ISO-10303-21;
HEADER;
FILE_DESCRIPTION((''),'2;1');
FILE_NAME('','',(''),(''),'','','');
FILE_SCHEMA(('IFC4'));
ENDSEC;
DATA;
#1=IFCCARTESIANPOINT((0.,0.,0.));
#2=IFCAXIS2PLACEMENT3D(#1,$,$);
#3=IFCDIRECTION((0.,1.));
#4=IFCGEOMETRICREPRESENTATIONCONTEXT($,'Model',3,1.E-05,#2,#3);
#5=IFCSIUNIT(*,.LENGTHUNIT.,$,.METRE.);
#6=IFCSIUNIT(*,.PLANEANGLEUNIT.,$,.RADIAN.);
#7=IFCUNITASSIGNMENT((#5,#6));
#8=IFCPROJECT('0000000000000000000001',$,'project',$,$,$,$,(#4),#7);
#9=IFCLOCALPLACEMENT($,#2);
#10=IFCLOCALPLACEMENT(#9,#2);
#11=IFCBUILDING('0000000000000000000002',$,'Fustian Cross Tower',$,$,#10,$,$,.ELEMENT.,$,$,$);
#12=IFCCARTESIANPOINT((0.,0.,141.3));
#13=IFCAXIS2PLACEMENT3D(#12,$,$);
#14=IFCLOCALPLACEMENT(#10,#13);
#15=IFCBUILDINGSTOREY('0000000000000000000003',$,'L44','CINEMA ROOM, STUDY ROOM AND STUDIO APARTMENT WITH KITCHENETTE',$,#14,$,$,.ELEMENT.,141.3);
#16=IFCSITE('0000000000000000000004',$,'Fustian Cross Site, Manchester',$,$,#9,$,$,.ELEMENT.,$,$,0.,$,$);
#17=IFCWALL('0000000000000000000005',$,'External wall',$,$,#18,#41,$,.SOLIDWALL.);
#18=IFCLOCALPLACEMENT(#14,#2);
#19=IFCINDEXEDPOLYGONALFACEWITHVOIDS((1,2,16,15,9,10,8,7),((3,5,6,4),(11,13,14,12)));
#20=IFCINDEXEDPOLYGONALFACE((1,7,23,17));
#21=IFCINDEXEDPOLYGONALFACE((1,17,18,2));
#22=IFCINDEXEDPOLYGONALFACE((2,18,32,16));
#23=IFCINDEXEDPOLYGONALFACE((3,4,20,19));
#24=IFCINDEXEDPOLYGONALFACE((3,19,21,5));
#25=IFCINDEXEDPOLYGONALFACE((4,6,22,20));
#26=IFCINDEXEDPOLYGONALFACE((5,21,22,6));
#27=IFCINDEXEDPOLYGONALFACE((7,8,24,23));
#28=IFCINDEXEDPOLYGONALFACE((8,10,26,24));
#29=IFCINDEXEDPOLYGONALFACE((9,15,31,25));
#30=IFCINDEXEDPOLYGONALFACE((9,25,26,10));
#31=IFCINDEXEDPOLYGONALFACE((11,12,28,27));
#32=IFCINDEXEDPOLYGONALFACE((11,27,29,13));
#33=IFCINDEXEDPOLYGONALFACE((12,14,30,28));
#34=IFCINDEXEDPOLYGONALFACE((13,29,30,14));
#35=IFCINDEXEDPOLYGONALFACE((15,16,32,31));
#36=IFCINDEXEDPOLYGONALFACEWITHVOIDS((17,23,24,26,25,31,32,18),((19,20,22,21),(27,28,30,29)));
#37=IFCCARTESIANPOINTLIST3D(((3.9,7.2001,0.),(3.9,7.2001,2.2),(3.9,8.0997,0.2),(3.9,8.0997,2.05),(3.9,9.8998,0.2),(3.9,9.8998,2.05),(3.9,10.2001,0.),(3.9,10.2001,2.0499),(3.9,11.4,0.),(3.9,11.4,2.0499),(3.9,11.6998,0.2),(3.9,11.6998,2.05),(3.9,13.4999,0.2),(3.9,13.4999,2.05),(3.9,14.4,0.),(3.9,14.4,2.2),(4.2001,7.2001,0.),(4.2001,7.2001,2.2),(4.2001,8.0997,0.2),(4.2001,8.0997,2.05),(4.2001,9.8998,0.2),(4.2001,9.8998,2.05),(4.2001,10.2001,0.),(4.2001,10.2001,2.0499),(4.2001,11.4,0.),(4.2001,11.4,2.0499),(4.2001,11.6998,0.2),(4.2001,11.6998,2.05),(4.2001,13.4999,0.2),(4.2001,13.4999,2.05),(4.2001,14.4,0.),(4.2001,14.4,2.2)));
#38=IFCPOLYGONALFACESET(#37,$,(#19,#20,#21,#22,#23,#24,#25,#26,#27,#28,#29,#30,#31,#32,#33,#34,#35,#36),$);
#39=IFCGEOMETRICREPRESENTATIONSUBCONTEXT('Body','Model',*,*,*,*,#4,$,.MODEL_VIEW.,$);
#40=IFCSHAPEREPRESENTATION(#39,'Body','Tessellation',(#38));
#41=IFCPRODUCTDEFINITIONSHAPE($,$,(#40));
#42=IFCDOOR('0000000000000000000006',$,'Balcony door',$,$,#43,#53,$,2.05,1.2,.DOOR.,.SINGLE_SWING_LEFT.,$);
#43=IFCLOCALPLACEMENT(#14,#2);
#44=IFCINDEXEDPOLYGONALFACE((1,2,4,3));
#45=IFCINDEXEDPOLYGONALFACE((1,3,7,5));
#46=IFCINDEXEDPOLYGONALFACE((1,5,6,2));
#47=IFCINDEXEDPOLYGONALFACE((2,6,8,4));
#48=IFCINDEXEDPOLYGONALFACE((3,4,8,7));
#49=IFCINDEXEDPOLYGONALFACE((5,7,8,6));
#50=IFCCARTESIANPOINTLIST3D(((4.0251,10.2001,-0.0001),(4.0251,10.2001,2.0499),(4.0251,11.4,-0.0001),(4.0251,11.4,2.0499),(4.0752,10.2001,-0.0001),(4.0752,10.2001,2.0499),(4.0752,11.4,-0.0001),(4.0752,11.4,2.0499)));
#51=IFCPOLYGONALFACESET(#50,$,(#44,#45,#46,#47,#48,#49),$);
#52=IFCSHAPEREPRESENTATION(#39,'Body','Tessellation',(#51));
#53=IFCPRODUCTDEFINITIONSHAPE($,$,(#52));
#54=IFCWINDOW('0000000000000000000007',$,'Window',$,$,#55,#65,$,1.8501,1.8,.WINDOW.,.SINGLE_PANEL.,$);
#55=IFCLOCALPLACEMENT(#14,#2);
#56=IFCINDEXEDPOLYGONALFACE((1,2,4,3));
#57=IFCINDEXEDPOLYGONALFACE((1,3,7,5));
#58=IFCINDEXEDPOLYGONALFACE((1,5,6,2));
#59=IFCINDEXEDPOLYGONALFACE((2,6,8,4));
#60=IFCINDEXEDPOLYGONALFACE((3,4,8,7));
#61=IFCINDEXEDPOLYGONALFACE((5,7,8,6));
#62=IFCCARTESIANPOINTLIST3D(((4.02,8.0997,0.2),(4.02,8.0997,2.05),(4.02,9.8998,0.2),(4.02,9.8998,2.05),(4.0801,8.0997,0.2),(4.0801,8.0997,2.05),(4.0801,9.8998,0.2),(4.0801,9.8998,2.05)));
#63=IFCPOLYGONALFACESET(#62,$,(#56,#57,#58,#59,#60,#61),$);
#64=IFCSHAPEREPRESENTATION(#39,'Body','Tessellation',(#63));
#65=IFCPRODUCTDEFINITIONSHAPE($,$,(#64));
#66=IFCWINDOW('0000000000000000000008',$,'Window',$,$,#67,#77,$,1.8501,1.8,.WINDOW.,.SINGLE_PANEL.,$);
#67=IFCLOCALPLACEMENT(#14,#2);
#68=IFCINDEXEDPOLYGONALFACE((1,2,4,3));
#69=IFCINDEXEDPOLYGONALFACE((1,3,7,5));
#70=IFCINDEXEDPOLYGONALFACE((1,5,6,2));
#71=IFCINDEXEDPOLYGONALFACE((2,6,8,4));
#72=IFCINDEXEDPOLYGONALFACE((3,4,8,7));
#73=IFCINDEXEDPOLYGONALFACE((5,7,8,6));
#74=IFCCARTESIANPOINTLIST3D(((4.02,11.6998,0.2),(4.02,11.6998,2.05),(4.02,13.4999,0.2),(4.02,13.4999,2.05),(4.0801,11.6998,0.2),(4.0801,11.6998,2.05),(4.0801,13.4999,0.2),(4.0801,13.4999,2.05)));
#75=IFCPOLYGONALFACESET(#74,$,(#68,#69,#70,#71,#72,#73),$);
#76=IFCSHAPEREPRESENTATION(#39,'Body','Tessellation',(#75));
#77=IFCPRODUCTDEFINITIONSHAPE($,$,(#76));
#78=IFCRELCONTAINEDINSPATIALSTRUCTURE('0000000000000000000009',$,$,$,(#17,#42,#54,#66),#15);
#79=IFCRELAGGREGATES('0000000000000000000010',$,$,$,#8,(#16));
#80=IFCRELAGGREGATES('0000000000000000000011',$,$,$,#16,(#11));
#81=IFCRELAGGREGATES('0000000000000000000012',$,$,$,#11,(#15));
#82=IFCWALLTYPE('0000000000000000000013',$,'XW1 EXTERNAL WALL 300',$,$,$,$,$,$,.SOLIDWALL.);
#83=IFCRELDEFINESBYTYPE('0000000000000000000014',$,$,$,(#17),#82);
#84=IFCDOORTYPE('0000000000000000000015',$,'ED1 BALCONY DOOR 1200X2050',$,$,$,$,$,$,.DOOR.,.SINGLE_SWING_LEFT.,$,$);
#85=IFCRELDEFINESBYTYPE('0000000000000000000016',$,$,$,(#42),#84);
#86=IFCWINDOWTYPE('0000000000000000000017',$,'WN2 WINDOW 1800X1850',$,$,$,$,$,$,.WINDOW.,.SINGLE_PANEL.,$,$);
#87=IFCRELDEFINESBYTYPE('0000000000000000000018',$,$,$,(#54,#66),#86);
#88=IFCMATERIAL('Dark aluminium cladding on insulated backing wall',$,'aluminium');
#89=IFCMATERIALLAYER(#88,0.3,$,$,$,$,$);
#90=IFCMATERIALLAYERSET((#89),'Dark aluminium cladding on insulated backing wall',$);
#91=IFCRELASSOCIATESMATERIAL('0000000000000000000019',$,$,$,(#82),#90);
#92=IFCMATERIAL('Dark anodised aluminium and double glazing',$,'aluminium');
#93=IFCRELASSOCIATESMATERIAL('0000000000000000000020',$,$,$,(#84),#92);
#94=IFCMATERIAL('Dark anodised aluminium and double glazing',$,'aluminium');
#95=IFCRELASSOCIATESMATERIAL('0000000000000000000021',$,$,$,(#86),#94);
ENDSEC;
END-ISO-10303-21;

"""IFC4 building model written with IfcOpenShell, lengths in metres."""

from ifc_helpers import new_model, si_unit, direction, frame, frame_2d, origin, place, context, subcontext, project, spatial, rectangle, extrude, material, layer, layer_set, type_object, element, fill, save


model = new_model("IFC4")

# Units and contexts
model_context = context("Model", 3, precision=1e-05, world=origin(), true_north=direction((0.0, 1.0)))
body_context = subcontext(model_context, "Body", "Model", "MODEL_VIEW")
ifc_project = project(units=[si_unit("LENGTHUNIT", "METRE"), si_unit("PLANEANGLEUNIT", "RADIAN")], contexts=[model_context])

# Site, building, storey
site_placement = place(None, origin())
site = spatial("IfcSite", under=ifc_project, at=site_placement, Name="Fustian Cross Site, Manchester", CompositionType="ELEMENT", RefElevation=0.0)
building_placement = place(site_placement, origin())
building = spatial("IfcBuilding", under=site, at=building_placement, Name="Fustian Cross Tower", CompositionType="ELEMENT")
storey_placement = place(building_placement, frame((0.0, 0.0, 141.3)))
storey = spatial("IfcBuildingStorey", under=building, at=storey_placement, Name="L44", Description="CINEMA ROOM, STUDY ROOM AND STUDIO APARTMENT WITH KITCHENETTE", CompositionType="ELEMENT", Elevation=141.3)

# Shared definitions
ifc_material_1 = material(Name="Dark aluminium cladding on insulated backing wall", Category="aluminium")
ifc_layer_1 = layer(ifc_material_1, 0.3)
ifc_layer_set_1 = layer_set([ifc_layer_1], Name="Dark aluminium cladding on insulated backing wall")
wall_type_1 = type_object("IfcWallType", Name="XW1 EXTERNAL WALL 300", PredefinedType="SOLIDWALL", material=ifc_layer_set_1)

# Wall, openings, door, windows
wall_1_placement = place(storey_placement, frame((4.05, 7.2, 0.0), z_axis=(0.0, 0.0, 1.0), x_axis=(0.0, 1.0, 0.0)))
wall_1 = element("IfcWall", 1, at=wall_1_placement, inside=storey, type_object=wall_type_1, Name="External wall", PredefinedType="SOLIDWALL", context=body_context, shape_type="SweptSolid", body=[
    extrude(rectangle(XDim=7.2, YDim=0.3, at=frame_2d((3.6001, 0.0))), origin(), (0.0, 0.0, 1.0), 2.2),
])
opening_1_placement = place(wall_1_placement, frame((3.0, 0.0, 0.0)))
opening_1 = element("IfcOpeningElement", 2, at=opening_1_placement, cuts=wall_1, PredefinedType="OPENING", context=body_context, shape_type="SweptSolid", body=[
    extrude(rectangle(XDim=1.2, YDim=2.05, at=frame_2d((0.6001, 1.0249))), frame((0.0, 0.1599, 0.0), z_axis=(0.0, -1.0, 0.0), x_axis=(1.0, 0.0, 0.0)), (0.0, 0.0, 1.0), 0.3201),
])
opening_2_placement = place(wall_1_placement, frame((0.8999, 0.0, 0.2)))
opening_2 = element("IfcOpeningElement", 3, at=opening_2_placement, cuts=wall_1, PredefinedType="OPENING", context=body_context, shape_type="SweptSolid", body=[
    extrude(rectangle(XDim=1.8, YDim=1.8501, at=frame_2d((0.8999, 0.925))), frame((0.0, 0.1599, 0.0), z_axis=(0.0, -1.0, 0.0), x_axis=(1.0, 0.0, 0.0)), (0.0, 0.0, 1.0), 0.3201),
])
opening_3_placement = place(wall_1_placement, frame((4.5, 0.0, 0.2)))
opening_3 = element("IfcOpeningElement", 4, at=opening_3_placement, cuts=wall_1, PredefinedType="OPENING", context=body_context, shape_type="SweptSolid", body=[
    extrude(rectangle(XDim=1.8, YDim=1.8501, at=frame_2d((0.8999, 0.925))), frame((0.0, 0.1599, 0.0), z_axis=(0.0, -1.0, 0.0), x_axis=(1.0, 0.0, 0.0)), (0.0, 0.0, 1.0), 0.3201),
])
ifc_material_2 = material(Name="Dark anodised aluminium and double glazing", Category="aluminium")
door_type_1 = type_object("IfcDoorType", Name="ED1 BALCONY DOOR 1200X2050", OperationType="SINGLE_SWING_LEFT", PredefinedType="DOOR", material=ifc_material_2)
door_1_placement = place(opening_1_placement, origin())
door_1 = element("IfcDoor", 5, at=door_1_placement, inside=storey, type_object=door_type_1, Name="Balcony door", OperationType="SINGLE_SWING_LEFT", OverallHeight=2.05, OverallWidth=1.2, PredefinedType="DOOR", context=body_context, shape_type="SweptSolid", body=[
    extrude(rectangle(XDim=1.2, YDim=2.05, at=frame_2d((0.6001, 1.0249))), frame((0.0, 0.0249, 0.0), z_axis=(0.0, -1.0, 0.0), x_axis=(1.0, 0.0, 0.0)), (0.0, 0.0, 1.0), 0.05),
])
fill(opening_1, door_1)
ifc_material_3 = material(Name="Dark anodised aluminium and double glazing", Category="aluminium")
window_type = type_object("IfcWindowType", Name="WN2 WINDOW 1800X1850", PartitioningType="SINGLE_PANEL", PredefinedType="WINDOW", material=ifc_material_3)
window_1_placement = place(opening_2_placement, origin())
window_1 = element("IfcWindow", 6, at=window_1_placement, inside=storey, type_object=window_type, Name="Window", OverallHeight=1.8501, OverallWidth=1.8, PartitioningType="SINGLE_PANEL", PredefinedType="WINDOW", context=body_context, shape_type="SweptSolid", body=[
    extrude(rectangle(XDim=1.8, YDim=1.8501, at=frame_2d((0.8999, 0.925))), frame((0.0, 0.03, 0.0), z_axis=(0.0, -1.0, 0.0), x_axis=(1.0, 0.0, 0.0)), (0.0, 0.0, 1.0), 0.0601),
])
fill(opening_2, window_1)
window_2_placement = place(opening_3_placement, origin())
window_2 = element("IfcWindow", 7, at=window_2_placement, inside=storey, type_object=window_type, Name="Window", OverallHeight=1.8501, OverallWidth=1.8, PartitioningType="SINGLE_PANEL", PredefinedType="WINDOW", context=body_context, shape_type="SweptSolid", body=[
    extrude(rectangle(XDim=1.8, YDim=1.8501, at=frame_2d((0.8999, 0.925))), frame((0.0, 0.03, 0.0), z_axis=(0.0, -1.0, 0.0), x_axis=(1.0, 0.0, 0.0)), (0.0, 0.0, 1.0), 0.0601),
])
fill(opening_3, window_2)

save(model, "model.ifc")
